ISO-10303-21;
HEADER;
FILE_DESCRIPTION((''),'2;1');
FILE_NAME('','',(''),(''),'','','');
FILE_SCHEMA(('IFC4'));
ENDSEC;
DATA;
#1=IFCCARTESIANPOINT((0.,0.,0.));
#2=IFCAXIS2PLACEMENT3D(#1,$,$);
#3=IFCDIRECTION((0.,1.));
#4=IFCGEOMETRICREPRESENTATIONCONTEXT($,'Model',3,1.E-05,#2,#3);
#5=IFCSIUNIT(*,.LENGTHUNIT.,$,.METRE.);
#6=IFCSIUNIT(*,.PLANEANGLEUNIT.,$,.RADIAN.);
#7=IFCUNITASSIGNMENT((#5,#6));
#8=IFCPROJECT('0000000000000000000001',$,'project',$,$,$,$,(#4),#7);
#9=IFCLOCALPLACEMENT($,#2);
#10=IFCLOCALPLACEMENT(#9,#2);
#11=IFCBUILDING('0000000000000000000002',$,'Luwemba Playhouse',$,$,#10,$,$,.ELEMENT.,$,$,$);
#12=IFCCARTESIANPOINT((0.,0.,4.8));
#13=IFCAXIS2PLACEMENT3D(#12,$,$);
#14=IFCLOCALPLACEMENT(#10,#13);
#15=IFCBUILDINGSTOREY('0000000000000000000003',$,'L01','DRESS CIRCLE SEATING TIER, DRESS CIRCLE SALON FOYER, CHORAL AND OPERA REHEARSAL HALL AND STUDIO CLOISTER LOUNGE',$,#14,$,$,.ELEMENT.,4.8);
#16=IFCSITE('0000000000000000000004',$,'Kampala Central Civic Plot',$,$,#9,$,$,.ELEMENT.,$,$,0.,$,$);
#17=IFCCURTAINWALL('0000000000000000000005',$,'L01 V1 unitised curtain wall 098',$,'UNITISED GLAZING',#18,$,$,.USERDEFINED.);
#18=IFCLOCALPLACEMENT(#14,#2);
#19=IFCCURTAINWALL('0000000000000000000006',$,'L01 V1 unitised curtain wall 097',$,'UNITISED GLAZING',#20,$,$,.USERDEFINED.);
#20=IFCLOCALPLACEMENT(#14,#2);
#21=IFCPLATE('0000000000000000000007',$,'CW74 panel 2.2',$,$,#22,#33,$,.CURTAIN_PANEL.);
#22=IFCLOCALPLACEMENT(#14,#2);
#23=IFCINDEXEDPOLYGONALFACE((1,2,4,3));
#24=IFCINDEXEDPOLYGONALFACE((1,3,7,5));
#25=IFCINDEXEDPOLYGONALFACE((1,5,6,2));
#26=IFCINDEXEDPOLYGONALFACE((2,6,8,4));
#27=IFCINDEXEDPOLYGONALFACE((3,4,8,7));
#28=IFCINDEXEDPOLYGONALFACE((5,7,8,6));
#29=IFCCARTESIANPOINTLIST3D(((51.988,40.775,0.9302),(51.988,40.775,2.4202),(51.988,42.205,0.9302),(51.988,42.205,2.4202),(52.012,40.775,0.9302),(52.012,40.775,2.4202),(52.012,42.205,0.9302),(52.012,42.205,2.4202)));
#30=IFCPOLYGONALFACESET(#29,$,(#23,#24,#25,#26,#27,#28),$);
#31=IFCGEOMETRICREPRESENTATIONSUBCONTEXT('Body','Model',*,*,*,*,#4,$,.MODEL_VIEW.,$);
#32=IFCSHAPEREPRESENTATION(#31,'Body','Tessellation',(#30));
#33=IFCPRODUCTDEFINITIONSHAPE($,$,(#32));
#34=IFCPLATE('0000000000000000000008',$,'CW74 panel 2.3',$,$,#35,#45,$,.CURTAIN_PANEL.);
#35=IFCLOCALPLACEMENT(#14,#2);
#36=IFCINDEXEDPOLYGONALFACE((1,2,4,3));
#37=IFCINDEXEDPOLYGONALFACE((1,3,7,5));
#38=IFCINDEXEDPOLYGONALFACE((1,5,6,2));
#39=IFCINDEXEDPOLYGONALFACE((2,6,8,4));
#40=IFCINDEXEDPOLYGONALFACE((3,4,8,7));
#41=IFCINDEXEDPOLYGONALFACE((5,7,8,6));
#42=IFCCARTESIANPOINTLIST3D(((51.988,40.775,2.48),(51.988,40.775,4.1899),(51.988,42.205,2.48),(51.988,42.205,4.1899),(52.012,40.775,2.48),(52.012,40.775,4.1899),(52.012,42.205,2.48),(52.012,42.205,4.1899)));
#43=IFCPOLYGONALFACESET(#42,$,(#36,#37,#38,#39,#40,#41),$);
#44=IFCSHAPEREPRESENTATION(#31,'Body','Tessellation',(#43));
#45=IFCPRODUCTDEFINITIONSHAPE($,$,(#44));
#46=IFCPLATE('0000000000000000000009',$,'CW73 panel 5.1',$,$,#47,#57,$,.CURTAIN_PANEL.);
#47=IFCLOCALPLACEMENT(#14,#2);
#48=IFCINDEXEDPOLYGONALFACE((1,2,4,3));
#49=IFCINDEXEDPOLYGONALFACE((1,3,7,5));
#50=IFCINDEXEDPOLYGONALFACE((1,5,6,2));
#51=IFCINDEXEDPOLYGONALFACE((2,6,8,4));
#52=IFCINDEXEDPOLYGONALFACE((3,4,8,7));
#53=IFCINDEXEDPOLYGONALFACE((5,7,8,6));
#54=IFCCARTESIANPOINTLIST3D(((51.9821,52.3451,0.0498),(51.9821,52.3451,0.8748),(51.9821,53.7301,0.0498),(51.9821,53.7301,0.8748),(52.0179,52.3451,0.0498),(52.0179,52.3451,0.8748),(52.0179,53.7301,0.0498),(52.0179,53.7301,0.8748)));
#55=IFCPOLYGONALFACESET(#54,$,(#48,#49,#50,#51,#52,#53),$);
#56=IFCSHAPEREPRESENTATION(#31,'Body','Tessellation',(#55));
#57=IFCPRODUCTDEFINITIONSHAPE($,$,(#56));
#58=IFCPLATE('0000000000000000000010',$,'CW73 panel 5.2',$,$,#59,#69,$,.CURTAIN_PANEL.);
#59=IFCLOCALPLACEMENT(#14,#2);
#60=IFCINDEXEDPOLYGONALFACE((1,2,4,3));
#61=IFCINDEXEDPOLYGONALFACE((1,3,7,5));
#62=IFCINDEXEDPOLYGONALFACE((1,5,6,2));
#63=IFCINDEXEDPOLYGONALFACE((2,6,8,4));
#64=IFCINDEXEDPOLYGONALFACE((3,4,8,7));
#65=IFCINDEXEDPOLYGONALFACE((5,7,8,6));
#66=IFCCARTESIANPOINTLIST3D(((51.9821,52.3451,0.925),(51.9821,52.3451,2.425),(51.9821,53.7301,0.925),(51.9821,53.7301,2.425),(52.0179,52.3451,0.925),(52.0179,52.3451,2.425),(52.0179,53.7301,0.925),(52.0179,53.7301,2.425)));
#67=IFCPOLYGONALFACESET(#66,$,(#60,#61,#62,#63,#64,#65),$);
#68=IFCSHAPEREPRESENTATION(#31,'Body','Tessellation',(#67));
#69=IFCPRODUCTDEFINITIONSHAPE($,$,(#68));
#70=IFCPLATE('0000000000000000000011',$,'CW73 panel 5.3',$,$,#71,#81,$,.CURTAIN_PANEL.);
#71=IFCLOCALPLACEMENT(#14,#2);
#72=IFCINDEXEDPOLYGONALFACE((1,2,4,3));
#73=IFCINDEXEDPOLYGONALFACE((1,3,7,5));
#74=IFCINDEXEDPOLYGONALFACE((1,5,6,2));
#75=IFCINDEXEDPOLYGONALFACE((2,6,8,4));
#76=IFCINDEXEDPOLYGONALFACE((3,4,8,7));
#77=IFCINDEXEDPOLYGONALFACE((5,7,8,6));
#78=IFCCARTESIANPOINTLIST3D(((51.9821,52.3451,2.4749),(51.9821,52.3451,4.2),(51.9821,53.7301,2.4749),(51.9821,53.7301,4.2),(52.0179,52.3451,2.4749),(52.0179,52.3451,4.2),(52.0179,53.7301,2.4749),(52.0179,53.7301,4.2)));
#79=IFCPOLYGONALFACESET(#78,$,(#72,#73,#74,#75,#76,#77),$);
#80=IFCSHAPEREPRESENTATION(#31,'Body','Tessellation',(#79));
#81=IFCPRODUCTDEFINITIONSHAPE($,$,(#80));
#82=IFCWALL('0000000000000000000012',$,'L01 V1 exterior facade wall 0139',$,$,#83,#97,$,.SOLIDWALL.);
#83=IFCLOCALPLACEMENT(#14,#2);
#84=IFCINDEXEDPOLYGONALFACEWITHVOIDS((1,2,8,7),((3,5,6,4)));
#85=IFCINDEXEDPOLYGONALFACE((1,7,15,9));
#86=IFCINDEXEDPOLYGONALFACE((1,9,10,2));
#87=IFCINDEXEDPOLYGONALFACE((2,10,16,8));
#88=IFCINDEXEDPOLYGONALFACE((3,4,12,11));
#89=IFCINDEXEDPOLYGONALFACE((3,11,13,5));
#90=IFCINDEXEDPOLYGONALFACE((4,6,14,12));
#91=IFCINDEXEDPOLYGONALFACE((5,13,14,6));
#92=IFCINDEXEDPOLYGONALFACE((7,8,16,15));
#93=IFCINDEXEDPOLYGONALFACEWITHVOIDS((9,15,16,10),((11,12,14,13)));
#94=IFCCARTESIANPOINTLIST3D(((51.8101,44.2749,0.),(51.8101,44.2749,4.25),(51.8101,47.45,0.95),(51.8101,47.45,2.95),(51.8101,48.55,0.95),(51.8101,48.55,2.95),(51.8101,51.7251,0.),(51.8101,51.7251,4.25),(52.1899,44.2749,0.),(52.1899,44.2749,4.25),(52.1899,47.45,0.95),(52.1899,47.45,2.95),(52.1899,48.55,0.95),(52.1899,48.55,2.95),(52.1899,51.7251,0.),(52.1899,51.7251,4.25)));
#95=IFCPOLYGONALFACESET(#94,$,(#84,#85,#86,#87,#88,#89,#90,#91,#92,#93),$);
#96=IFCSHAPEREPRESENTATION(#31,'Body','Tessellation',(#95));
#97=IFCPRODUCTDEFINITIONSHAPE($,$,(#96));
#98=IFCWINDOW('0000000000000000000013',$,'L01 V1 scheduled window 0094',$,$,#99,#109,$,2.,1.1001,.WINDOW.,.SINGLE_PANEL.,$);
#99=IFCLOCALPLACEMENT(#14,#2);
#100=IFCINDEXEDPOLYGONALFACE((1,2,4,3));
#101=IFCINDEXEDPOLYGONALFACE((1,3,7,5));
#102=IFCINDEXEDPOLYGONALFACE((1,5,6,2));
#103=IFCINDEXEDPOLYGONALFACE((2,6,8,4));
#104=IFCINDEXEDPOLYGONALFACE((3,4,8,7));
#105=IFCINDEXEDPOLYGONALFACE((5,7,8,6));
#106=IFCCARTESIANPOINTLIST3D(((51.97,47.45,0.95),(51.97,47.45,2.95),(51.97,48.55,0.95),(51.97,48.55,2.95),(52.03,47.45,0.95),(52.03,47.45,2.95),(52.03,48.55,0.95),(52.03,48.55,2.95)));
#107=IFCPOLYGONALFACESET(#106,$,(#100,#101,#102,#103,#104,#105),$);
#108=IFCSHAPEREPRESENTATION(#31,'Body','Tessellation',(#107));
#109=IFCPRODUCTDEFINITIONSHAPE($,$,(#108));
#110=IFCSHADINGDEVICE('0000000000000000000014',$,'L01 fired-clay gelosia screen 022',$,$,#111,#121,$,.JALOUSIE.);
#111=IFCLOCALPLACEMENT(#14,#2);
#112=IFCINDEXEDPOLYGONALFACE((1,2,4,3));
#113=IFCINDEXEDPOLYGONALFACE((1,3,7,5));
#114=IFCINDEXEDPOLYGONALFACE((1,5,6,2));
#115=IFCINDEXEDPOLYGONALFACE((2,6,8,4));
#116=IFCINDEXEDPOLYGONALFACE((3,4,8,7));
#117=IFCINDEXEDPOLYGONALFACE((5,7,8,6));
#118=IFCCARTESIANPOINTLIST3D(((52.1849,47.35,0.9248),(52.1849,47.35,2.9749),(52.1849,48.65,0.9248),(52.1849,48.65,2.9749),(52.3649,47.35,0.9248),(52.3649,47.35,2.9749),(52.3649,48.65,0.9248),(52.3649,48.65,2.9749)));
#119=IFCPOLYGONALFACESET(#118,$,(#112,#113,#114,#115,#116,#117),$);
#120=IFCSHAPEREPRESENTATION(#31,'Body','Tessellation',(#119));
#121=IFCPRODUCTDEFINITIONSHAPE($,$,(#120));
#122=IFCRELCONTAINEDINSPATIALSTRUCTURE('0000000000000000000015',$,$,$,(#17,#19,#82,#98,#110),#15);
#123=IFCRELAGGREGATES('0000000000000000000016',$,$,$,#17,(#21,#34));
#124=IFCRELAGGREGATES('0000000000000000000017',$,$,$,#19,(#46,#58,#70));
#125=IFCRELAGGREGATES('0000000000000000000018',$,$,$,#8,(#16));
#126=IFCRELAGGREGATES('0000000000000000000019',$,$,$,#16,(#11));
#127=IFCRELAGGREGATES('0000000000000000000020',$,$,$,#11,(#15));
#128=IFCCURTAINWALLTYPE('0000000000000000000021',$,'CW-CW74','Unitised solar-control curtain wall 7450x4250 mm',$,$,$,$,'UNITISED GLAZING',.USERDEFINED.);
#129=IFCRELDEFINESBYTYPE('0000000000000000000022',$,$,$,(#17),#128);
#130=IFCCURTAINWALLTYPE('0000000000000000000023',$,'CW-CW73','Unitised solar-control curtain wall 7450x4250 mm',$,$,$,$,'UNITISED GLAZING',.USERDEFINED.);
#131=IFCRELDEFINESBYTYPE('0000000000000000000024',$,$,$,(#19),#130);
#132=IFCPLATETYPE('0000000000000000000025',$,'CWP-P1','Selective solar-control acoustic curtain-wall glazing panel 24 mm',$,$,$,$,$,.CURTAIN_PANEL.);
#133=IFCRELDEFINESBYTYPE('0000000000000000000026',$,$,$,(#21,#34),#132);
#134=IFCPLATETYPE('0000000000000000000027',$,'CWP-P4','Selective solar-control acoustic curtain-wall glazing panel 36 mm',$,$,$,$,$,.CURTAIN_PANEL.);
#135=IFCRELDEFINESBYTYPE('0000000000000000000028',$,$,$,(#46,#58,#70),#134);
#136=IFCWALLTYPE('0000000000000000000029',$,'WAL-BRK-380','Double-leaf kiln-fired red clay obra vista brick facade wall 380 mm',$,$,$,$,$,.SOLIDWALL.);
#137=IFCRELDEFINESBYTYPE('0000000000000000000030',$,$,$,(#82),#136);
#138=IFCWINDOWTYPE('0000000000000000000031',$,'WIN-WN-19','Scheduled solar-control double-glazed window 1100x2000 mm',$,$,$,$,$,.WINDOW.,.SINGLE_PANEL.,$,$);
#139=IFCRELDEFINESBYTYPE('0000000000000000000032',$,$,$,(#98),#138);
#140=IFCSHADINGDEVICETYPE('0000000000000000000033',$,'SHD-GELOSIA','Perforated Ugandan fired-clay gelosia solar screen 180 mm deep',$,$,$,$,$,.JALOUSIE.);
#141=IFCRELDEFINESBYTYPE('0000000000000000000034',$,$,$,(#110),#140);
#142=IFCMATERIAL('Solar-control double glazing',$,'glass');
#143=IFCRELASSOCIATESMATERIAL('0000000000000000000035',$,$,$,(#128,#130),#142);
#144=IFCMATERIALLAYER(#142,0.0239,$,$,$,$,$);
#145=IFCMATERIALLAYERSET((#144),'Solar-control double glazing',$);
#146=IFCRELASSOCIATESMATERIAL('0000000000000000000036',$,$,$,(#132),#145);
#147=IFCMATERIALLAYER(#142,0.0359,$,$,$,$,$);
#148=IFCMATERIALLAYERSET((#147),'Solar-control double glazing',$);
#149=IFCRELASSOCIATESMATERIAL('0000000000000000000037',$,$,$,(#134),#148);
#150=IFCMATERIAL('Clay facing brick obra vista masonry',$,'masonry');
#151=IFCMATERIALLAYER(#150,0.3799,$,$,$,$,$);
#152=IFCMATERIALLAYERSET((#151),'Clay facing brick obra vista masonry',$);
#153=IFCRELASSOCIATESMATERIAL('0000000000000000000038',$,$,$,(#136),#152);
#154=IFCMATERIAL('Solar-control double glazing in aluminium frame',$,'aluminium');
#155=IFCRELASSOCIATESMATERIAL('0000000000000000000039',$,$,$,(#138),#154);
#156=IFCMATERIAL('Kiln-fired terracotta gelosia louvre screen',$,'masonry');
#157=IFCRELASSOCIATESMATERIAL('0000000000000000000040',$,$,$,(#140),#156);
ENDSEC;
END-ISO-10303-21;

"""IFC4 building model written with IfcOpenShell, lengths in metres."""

from ifc_helpers import new_model, si_unit, direction, frame, frame_2d, origin, origin_2d, place, context, subcontext, project, spatial, rectangle, extrude, material, layer, layer_set, type_object, element, fill, aggregate, save


model = new_model("IFC4")

# Units and contexts
model_context = context("Model", 3, precision=1e-05, world=origin(), true_north=direction((0.0, 1.0)))
body_context = subcontext(model_context, "Body", "Model", "MODEL_VIEW")
ifc_project = project(units=[si_unit("LENGTHUNIT", "METRE"), si_unit("PLANEANGLEUNIT", "RADIAN")], contexts=[model_context])

# Site, building, storey
site_placement = place(None, origin())
site = spatial("IfcSite", under=ifc_project, at=site_placement, Name="Kampala Central Civic Plot", CompositionType="ELEMENT", RefElevation=0.0)
building_placement = place(site_placement, origin())
building = spatial("IfcBuilding", under=site, at=building_placement, Name="Luwemba Playhouse", CompositionType="ELEMENT")
storey_placement = place(building_placement, frame((0.0, 0.0, 4.8)))
storey = spatial("IfcBuildingStorey", under=building, at=storey_placement, Name="L01", Description="DRESS CIRCLE SEATING TIER, DRESS CIRCLE SALON FOYER, CHORAL AND OPERA REHEARSAL HALL AND STUDIO CLOISTER LOUNGE", CompositionType="ELEMENT", Elevation=4.8)

# Curtain wall
ifc_material_1 = material(Name="Solar-control double glazing", Category="glass")
curtain_wall_type_1 = type_object("IfcCurtainWallType", Name="CW-CW74", Description="Unitised solar-control curtain wall 7450x4250 mm", ElementType="UNITISED GLAZING", PredefinedType="USERDEFINED", material=ifc_material_1)
curtain_wall_1_placement = place(storey_placement, origin())
curtain_wall_1 = element("IfcCurtainWall", 1, at=curtain_wall_1_placement, inside=storey, type_object=curtain_wall_type_1, Name="L01 V1 unitised curtain wall 098", ObjectType="UNITISED GLAZING", PredefinedType="USERDEFINED")

# Curtain wall
curtain_wall_type_2 = type_object("IfcCurtainWallType", Name="CW-CW73", Description="Unitised solar-control curtain wall 7450x4250 mm", ElementType="UNITISED GLAZING", PredefinedType="USERDEFINED", material=ifc_material_1)
curtain_wall_2_placement = place(storey_placement, origin())
curtain_wall_2 = element("IfcCurtainWall", 2, at=curtain_wall_2_placement, inside=storey, type_object=curtain_wall_type_2, Name="L01 V1 unitised curtain wall 097", ObjectType="UNITISED GLAZING", PredefinedType="USERDEFINED")

# Plates
ifc_layer_1 = layer(ifc_material_1, 0.0239)
ifc_layer_set_1 = layer_set([ifc_layer_1], Name="Solar-control double glazing")
plate_type_1 = type_object("IfcPlateType", Name="CWP-P1", Description="Selective solar-control acoustic curtain-wall glazing panel 24 mm", PredefinedType="CURTAIN_PANEL", material=ifc_layer_set_1)
plate_1_placement = place(storey_placement, frame((52.0, 41.49, 0.9302), z_axis=(0.0, 0.0, 1.0), x_axis=(0.0, -1.0, 0.0)))
plate_1 = element("IfcPlate", 3, at=plate_1_placement, type_object=plate_type_1, Name="CW74 panel 2.2", PredefinedType="CURTAIN_PANEL", context=body_context, shape_type="SweptSolid", body=[
    extrude(rectangle(XDim=1.4299, YDim=0.0239, at=origin_2d()), origin(), (0.0, 0.0, 1.0), 1.49),
])
plate_2_placement = place(storey_placement, frame((52.0, 41.49, 2.48), z_axis=(0.0, 0.0, 1.0), x_axis=(0.0, -1.0, 0.0)))
plate_2 = element("IfcPlate", 4, at=plate_2_placement, type_object=plate_type_1, Name="CW74 panel 2.3", PredefinedType="CURTAIN_PANEL", context=body_context, shape_type="SweptSolid", body=[
    extrude(rectangle(XDim=1.4299, YDim=0.0239, at=origin_2d()), origin(), (0.0, 0.0, 1.0), 1.71),
])
aggregate(curtain_wall_1, [plate_1, plate_2])
ifc_layer_2 = layer(ifc_material_1, 0.0359)
ifc_layer_set_2 = layer_set([ifc_layer_2], Name="Solar-control double glazing")
plate_type_2 = type_object("IfcPlateType", Name="CWP-P4", Description="Selective solar-control acoustic curtain-wall glazing panel 36 mm", PredefinedType="CURTAIN_PANEL", material=ifc_layer_set_2)
plate_3_placement = place(storey_placement, frame((52.0, 53.0376, 0.0498), z_axis=(0.0, 0.0, 1.0), x_axis=(0.0, -1.0, 0.0)))
plate_3 = element("IfcPlate", 5, at=plate_3_placement, type_object=plate_type_2, Name="CW73 panel 5.1", PredefinedType="CURTAIN_PANEL", context=body_context, shape_type="SweptSolid", body=[
    extrude(rectangle(XDim=1.385, YDim=0.0359, at=origin_2d()), origin(), (0.0, 0.0, 1.0), 0.825),
])
plate_4_placement = place(storey_placement, frame((52.0, 53.0376, 0.925), z_axis=(0.0, 0.0, 1.0), x_axis=(0.0, -1.0, 0.0)))
plate_4 = element("IfcPlate", 6, at=plate_4_placement, type_object=plate_type_2, Name="CW73 panel 5.2", PredefinedType="CURTAIN_PANEL", context=body_context, shape_type="SweptSolid", body=[
    extrude(rectangle(XDim=1.385, YDim=0.0359, at=origin_2d()), origin(), (0.0, 0.0, 1.0), 1.5),
])
plate_5_placement = place(storey_placement, frame((52.0, 53.0376, 2.4749), z_axis=(0.0, 0.0, 1.0), x_axis=(0.0, -1.0, 0.0)))
plate_5 = element("IfcPlate", 7, at=plate_5_placement, type_object=plate_type_2, Name="CW73 panel 5.3", PredefinedType="CURTAIN_PANEL", context=body_context, shape_type="SweptSolid", body=[
    extrude(rectangle(XDim=1.385, YDim=0.0359, at=origin_2d()), origin(), (0.0, 0.0, 1.0), 1.7251),
])
aggregate(curtain_wall_2, [plate_3, plate_4, plate_5])

# Wall, opening, window
ifc_material_2 = material(Name="Clay facing brick obra vista masonry", Category="masonry")
ifc_layer_3 = layer(ifc_material_2, 0.3799)
ifc_layer_set_3 = layer_set([ifc_layer_3], Name="Clay facing brick obra vista masonry")
wall_type = type_object("IfcWallType", Name="WAL-BRK-380", Description="Double-leaf kiln-fired red clay obra vista brick facade wall 380 mm", PredefinedType="SOLIDWALL", material=ifc_layer_set_3)
wall_placement = place(storey_placement, frame((52.0, 51.7251, 0.0), z_axis=(0.0, 0.0, 1.0), x_axis=(0.0, -1.0, 0.0)))
wall = element("IfcWall", 8, at=wall_placement, inside=storey, type_object=wall_type, Name="L01 V1 exterior facade wall 0139", PredefinedType="SOLIDWALL", context=body_context, shape_type="SweptSolid", body=[
    extrude(rectangle(XDim=7.4502, YDim=0.3799, at=frame_2d((3.7251, 0.0))), origin(), (0.0, 0.0, 1.0), 4.25),
])
opening_placement = place(wall_placement, frame((3.175, 0.0, 0.95)))
opening = element("IfcOpeningElement", 9, at=opening_placement, cuts=wall, PredefinedType="OPENING", context=body_context, shape_type="SweptSolid", body=[
    extrude(rectangle(XDim=1.1001, YDim=2.0, at=frame_2d((0.55, 1.0))), frame((0.0, 0.2, 0.0), z_axis=(0.0, -1.0, 0.0), x_axis=(1.0, 0.0, 0.0)), (0.0, 0.0, 1.0), 0.3999),
])
ifc_material_3 = material(Name="Solar-control double glazing in aluminium frame", Category="aluminium")
window_type = type_object("IfcWindowType", Name="WIN-WN-19", Description="Scheduled solar-control double-glazed window 1100x2000 mm", PartitioningType="SINGLE_PANEL", PredefinedType="WINDOW", material=ifc_material_3)
window_placement = place(opening_placement, origin())
window = element("IfcWindow", 10, at=window_placement, inside=storey, type_object=window_type, Name="L01 V1 scheduled window 0094", OverallHeight=2.0, OverallWidth=1.1001, PartitioningType="SINGLE_PANEL", PredefinedType="WINDOW", context=body_context, shape_type="SweptSolid", body=[
    extrude(rectangle(XDim=1.1001, YDim=2.0, at=frame_2d((0.55, 1.0))), frame((0.0, 0.03, 0.0), z_axis=(0.0, -1.0, 0.0), x_axis=(1.0, 0.0, 0.0)), (0.0, 0.0, 1.0), 0.0601),
])
fill(opening, window)

# Shading device
ifc_material_4 = material(Name="Kiln-fired terracotta gelosia louvre screen", Category="masonry")
shading_device_type = type_object("IfcShadingDeviceType", Name="SHD-GELOSIA", Description="Perforated Ugandan fired-clay gelosia solar screen 180 mm deep", PredefinedType="JALOUSIE", material=ifc_material_4)
shading_device_placement = place(storey_placement, frame((52.2749, 48.0, 0.9248), z_axis=(0.0, 0.0, 1.0), x_axis=(0.0, -1.0, 0.0)))
element("IfcShadingDevice", 11, at=shading_device_placement, inside=storey, type_object=shading_device_type, Name="L01 fired-clay gelosia screen 022", PredefinedType="JALOUSIE", context=body_context, shape_type="SweptSolid", body=[
    extrude(rectangle(XDim=1.3, YDim=0.1799, at=origin_2d()), origin(), (0.0, 0.0, 1.0), 2.05),
])

save(model, "model.ifc")
